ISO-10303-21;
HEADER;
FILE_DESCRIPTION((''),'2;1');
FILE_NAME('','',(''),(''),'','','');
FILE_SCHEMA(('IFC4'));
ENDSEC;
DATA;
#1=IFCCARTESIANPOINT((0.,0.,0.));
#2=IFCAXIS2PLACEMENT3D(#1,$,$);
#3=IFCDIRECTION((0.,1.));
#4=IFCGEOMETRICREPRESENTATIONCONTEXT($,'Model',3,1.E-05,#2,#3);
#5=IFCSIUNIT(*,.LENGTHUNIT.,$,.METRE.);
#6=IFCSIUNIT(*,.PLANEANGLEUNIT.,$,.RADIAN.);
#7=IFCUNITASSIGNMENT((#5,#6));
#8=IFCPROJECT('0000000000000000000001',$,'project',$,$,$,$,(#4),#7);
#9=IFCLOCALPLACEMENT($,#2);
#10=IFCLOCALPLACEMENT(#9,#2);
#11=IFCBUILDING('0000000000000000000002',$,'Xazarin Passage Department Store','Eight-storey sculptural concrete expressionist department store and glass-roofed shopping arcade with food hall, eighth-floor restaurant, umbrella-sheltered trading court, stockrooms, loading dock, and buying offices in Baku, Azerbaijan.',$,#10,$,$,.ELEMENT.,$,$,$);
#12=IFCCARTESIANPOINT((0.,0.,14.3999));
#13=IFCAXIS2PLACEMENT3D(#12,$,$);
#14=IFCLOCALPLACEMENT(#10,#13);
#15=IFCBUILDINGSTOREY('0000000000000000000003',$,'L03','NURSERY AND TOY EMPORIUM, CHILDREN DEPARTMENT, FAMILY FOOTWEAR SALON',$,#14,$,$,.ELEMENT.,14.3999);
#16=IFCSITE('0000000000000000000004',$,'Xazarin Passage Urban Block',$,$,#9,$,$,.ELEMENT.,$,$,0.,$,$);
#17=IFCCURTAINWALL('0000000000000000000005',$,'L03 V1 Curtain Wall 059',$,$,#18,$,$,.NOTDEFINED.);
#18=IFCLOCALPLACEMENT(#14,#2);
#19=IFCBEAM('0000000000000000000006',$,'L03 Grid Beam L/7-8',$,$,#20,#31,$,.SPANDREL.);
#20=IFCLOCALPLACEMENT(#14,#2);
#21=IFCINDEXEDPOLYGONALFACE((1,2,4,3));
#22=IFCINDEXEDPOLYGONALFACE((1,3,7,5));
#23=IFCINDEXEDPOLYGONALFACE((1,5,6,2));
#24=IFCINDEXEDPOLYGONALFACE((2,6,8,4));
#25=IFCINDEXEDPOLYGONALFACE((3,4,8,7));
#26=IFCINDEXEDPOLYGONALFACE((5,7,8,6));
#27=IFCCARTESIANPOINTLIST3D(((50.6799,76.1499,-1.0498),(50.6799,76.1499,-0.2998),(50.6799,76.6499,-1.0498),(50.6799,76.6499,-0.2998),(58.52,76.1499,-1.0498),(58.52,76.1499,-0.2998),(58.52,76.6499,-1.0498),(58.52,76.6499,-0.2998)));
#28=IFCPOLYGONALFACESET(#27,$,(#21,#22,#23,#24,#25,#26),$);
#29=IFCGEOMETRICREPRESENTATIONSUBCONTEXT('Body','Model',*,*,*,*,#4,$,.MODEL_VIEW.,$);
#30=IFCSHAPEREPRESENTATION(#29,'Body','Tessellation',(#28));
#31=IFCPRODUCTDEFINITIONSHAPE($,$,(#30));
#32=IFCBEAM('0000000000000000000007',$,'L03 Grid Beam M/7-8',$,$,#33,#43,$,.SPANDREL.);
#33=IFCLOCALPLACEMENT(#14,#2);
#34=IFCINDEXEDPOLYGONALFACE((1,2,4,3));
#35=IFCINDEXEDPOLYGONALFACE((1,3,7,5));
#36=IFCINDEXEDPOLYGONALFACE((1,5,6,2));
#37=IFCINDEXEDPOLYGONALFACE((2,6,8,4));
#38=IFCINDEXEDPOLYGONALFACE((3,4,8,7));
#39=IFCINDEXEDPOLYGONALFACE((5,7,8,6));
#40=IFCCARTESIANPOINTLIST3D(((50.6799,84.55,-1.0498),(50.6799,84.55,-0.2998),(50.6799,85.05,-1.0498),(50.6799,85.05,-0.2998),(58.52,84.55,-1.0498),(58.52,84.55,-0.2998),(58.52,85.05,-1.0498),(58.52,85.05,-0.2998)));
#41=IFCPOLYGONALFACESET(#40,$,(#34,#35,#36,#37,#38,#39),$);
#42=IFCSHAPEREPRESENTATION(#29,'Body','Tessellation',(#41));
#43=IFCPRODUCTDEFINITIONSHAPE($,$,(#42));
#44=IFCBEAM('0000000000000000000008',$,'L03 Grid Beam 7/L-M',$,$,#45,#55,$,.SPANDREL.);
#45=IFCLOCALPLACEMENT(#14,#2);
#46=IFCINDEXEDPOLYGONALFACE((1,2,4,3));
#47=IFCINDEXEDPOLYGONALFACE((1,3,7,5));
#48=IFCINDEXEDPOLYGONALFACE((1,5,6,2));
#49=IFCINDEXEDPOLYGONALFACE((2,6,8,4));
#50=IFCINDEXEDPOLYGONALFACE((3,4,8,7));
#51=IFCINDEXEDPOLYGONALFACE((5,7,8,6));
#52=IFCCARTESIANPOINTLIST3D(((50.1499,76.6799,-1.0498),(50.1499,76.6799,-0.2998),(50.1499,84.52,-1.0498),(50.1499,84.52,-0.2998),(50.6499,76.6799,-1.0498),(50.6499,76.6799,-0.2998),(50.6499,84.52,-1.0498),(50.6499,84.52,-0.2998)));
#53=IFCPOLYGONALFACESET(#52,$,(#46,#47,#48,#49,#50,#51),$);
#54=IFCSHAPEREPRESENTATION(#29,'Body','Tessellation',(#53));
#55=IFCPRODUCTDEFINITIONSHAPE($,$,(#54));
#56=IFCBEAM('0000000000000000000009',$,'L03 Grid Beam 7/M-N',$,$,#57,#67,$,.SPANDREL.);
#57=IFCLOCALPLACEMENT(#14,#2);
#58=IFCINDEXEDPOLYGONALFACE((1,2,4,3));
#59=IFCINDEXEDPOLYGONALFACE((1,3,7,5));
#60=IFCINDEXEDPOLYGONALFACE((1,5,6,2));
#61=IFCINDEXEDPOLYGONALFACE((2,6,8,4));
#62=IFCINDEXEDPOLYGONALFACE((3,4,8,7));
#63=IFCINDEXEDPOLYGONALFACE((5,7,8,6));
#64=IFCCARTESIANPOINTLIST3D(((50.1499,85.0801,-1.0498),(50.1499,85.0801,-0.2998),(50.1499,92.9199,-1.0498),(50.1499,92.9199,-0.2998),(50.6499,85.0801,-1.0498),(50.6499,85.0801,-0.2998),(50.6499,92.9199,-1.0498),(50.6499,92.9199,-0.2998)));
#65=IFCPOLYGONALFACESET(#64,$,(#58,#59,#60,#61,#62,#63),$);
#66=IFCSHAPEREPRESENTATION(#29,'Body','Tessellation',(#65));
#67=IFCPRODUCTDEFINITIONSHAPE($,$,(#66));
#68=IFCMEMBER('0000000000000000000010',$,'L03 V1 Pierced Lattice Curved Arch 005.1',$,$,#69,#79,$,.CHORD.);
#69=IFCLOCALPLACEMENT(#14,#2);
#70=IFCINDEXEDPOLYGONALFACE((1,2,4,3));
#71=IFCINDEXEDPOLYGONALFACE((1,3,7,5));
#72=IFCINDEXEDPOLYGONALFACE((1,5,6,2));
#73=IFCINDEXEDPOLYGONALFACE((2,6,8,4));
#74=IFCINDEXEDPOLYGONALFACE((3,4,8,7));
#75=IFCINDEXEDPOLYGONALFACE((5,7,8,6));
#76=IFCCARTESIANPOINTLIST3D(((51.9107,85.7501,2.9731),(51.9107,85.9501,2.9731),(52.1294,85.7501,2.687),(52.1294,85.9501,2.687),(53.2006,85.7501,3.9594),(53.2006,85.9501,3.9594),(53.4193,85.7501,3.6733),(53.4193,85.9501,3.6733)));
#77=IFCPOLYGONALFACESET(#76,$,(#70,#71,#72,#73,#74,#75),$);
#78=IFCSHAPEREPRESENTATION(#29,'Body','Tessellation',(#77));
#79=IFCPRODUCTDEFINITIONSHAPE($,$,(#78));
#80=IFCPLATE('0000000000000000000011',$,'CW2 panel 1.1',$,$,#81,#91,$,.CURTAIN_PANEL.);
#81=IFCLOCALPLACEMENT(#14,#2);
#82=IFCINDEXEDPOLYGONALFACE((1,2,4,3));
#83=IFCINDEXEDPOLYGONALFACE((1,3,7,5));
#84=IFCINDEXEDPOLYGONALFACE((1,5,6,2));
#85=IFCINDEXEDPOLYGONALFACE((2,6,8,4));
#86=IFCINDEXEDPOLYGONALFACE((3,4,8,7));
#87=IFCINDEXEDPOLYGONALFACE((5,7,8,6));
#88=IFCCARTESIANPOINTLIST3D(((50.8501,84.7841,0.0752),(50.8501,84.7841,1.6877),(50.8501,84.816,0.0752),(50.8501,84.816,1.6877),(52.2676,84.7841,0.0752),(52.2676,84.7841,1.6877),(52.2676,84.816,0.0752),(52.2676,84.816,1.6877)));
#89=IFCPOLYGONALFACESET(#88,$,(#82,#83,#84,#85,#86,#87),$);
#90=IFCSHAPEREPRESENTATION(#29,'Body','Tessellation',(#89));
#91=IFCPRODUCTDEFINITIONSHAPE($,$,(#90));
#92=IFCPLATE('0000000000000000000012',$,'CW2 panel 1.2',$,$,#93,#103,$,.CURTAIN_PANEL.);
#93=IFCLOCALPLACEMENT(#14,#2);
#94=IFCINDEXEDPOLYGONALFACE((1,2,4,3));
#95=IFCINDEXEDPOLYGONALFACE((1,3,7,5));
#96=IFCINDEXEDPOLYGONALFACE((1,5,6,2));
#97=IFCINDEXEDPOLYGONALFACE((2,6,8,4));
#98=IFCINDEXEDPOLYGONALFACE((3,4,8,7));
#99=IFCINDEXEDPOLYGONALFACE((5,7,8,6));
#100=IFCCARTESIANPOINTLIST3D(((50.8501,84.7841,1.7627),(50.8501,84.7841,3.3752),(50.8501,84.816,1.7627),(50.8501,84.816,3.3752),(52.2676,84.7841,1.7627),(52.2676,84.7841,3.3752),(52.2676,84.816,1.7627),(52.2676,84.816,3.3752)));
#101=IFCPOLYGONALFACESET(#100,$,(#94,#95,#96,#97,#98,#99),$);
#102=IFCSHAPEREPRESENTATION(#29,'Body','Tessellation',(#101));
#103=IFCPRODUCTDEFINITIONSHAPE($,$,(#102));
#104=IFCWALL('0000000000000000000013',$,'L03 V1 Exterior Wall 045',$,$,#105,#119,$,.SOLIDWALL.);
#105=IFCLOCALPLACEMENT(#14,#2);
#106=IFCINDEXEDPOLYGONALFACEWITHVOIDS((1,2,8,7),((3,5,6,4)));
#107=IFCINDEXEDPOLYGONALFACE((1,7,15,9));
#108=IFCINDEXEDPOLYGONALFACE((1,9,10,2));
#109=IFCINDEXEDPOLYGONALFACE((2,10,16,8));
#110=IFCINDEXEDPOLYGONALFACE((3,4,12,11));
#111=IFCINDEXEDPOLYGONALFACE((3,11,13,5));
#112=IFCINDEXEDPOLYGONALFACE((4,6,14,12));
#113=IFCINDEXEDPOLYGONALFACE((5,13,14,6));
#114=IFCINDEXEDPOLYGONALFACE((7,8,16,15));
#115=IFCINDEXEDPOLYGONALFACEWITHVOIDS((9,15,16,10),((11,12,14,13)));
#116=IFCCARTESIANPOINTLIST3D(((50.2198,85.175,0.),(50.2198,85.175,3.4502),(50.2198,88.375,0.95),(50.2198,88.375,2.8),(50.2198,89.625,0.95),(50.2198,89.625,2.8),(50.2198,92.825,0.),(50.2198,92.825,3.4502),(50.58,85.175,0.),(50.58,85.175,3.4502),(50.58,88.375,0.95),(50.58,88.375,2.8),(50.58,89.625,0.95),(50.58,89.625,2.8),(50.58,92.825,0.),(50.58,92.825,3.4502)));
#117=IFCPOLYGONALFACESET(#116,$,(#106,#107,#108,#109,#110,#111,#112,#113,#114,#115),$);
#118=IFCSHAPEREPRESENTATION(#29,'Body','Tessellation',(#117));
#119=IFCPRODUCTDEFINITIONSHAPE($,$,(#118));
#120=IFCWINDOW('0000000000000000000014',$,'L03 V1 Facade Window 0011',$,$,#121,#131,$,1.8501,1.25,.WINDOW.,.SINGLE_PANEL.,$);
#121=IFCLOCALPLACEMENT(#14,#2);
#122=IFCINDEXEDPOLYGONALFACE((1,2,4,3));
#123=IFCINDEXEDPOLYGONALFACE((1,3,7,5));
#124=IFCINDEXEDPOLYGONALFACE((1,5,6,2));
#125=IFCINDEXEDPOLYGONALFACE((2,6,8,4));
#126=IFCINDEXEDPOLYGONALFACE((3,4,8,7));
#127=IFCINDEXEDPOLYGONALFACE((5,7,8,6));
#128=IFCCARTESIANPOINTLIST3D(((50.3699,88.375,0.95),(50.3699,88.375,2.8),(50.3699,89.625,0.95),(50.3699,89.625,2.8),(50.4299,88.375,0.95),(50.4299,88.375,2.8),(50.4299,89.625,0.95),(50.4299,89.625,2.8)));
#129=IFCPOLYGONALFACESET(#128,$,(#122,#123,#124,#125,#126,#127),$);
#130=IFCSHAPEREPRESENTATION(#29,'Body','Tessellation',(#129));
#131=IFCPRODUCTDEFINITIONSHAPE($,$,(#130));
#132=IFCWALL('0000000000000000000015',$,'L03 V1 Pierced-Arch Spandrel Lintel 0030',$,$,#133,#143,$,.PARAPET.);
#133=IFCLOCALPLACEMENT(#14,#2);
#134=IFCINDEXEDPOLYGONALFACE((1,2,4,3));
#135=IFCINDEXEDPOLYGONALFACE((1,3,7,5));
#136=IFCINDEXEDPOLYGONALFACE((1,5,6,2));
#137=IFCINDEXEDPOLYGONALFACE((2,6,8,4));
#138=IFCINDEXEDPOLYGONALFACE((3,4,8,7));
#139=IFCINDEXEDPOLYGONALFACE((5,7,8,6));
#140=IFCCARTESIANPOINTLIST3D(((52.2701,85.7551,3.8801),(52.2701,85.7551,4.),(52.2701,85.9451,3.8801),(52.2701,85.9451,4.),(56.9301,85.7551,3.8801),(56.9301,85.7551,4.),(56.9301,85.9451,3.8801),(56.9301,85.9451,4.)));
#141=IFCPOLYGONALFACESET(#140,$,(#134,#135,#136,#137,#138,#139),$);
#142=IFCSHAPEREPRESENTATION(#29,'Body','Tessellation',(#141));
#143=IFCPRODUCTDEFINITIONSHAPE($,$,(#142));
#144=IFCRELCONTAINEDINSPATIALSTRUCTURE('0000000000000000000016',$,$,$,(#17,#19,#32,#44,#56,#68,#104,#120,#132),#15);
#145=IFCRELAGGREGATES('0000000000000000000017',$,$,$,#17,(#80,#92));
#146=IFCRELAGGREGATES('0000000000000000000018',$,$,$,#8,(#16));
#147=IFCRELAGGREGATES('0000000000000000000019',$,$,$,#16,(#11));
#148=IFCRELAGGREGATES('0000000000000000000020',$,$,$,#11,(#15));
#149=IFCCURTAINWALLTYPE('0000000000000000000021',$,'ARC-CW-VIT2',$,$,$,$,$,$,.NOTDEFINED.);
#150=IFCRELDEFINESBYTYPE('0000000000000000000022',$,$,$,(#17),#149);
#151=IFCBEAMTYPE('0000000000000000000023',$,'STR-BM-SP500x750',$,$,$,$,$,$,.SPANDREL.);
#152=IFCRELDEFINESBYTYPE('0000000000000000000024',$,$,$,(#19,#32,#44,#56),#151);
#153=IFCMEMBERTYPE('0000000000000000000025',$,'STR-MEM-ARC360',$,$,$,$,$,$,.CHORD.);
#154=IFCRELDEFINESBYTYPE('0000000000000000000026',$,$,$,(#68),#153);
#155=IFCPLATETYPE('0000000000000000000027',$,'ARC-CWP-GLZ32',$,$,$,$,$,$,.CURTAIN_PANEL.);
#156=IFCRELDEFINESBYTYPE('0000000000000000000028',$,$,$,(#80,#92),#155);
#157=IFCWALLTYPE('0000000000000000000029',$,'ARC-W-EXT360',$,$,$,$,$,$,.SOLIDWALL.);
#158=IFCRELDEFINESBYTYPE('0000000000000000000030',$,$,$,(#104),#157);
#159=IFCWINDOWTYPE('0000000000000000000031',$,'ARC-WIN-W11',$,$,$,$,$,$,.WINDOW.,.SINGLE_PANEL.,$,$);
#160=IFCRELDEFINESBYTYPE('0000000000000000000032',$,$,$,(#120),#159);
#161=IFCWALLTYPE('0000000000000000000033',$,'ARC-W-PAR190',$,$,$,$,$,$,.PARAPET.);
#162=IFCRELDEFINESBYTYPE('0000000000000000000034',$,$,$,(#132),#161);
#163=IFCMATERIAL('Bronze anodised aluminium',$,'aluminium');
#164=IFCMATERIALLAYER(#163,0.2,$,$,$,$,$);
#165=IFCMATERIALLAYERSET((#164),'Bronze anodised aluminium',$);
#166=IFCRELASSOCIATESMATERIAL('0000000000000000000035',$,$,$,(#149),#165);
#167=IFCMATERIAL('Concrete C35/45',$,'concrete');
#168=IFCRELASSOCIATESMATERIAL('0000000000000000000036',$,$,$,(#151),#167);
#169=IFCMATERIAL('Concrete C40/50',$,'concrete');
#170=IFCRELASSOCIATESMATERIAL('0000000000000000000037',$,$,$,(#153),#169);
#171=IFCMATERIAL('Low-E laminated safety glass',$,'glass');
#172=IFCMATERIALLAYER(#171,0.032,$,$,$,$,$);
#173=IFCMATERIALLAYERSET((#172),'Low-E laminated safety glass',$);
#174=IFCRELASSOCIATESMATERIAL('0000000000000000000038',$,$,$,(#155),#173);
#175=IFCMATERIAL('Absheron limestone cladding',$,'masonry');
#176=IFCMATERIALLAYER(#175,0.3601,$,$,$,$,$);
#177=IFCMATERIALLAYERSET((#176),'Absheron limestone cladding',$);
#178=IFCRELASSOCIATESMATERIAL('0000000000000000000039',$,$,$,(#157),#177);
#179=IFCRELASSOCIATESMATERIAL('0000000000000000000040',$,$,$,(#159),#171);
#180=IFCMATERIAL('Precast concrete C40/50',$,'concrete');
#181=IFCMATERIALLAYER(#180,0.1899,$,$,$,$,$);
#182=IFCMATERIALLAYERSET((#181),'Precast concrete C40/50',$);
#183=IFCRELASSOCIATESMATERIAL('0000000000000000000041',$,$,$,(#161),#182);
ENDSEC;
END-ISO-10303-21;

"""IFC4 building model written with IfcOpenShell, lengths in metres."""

from ifc_helpers import new_model, si_unit, direction, frame, frame_2d, origin, origin_2d, place, context, subcontext, project, spatial, rectangle, extrude, material, layer, layer_set, material_profile, profile_set, type_object, element, fill, aggregate, save


model = new_model("IFC4")

# Units and contexts
model_context = context("Model", 3, precision=1e-05, world=origin(), true_north=direction((0.0, 1.0)))
body_context = subcontext(model_context, "Body", "Model", "MODEL_VIEW")
ifc_project = project(units=[si_unit("LENGTHUNIT", "METRE"), si_unit("PLANEANGLEUNIT", "RADIAN")], contexts=[model_context])

# Site, building, storey
site_placement = place(None, origin())
site = spatial("IfcSite", under=ifc_project, at=site_placement, Name="Xazarin Passage Urban Block", CompositionType="ELEMENT", RefElevation=0.0)
building_placement = place(site_placement, origin())
building = spatial("IfcBuilding", under=site, at=building_placement, Name="Xazarin Passage Department Store", Description="Eight-storey sculptural concrete expressionist department store and glass-roofed shopping arcade with food hall, eighth-floor restaurant, umbrella-sheltered trading court, stockrooms, loading dock, and buying offices in Baku, Azerbaijan.", CompositionType="ELEMENT")
storey_placement = place(building_placement, frame((0.0, 0.0, 14.3999)))
storey = spatial("IfcBuildingStorey", under=building, at=storey_placement, Name="L03", Description="NURSERY AND TOY EMPORIUM, CHILDREN DEPARTMENT, FAMILY FOOTWEAR SALON", CompositionType="ELEMENT", Elevation=14.3999)

# Shared definitions
ifc_material_1 = material(Name="Concrete C40/50", Category="concrete")

# Curtain wall
ifc_material_2 = material(Name="Bronze anodised aluminium", Category="aluminium")
ifc_layer_1 = layer(ifc_material_2, 0.2)
ifc_layer_set_1 = layer_set([ifc_layer_1], Name="Bronze anodised aluminium")
curtain_wall_type = type_object("IfcCurtainWallType", Name="ARC-CW-VIT2", PredefinedType="NOTDEFINED", material=ifc_layer_set_1)
curtain_wall_placement = place(storey_placement, origin())
curtain_wall = element("IfcCurtainWall", 1, at=curtain_wall_placement, inside=storey, type_object=curtain_wall_type, Name="L03 V1 Curtain Wall 059", PredefinedType="NOTDEFINED")

# Beams
ifc_material_3 = material(Name="Concrete C35/45", Category="concrete")
ifc_material_profile_1 = material_profile(ifc_material_3, rectangle(XDim=0.5, YDim=0.75, at=origin_2d()), Name="RC 500x750")
ifc_profile_set_1 = profile_set([ifc_material_profile_1], Name="Concrete C35/45")
beam_type_1 = type_object("IfcBeamType", Name="STR-BM-SP500x750", PredefinedType="SPANDREL", material=ifc_profile_set_1)
for number, where, z_axis, x_axis, name in (
    (2, (50.6799, 76.3999, -0.6748), (1.0, 0.0, 0.0), (0.0, 1.0, 0.0), "L03 Grid Beam L/7-8"),
    (3, (50.6799, 84.8, -0.6748), (1.0, 0.0, 0.0), (0.0, 1.0, 0.0), "L03 Grid Beam M/7-8"),
    (4, (50.3999, 76.6799, -0.6748), (0.0, 1.0, 0.0), (-1.0, 0.0, 0.0), "L03 Grid Beam 7/L-M"),
):
    element("IfcBeam", number, at=place(storey_placement, frame(where, z_axis=z_axis, x_axis=x_axis)), inside=storey, type_object=beam_type_1, Name=name, PredefinedType="SPANDREL", context=body_context, shape_type="SweptSolid", body=[
        extrude(rectangle(XDim=0.5, YDim=0.75, at=origin_2d()), origin(), (0.0, 0.0, 1.0), 7.8401),
    ])
beam_1_placement = place(storey_placement, frame((50.3999, 85.0801, -0.6748), z_axis=(0.0, 1.0, 0.0), x_axis=(-1.0, 0.0, 0.0)))
element("IfcBeam", 5, at=beam_1_placement, inside=storey, type_object=beam_type_1, Name="L03 Grid Beam 7/M-N", PredefinedType="SPANDREL", context=body_context, shape_type="SweptSolid", body=[
    extrude(rectangle(XDim=0.5, YDim=0.75, at=origin_2d()), origin(), (0.0, 0.0, 1.0), 7.8398),
])

# Member
ifc_material_profile_2 = material_profile(ifc_material_1, rectangle(XDim=0.2, YDim=0.3601, at=origin_2d()), Name="RC 200x360")
ifc_profile_set_2 = profile_set([ifc_material_profile_2], Name="Concrete C40/50")
member_type_1 = type_object("IfcMemberType", Name="STR-MEM-ARC360", PredefinedType="CHORD", material=ifc_profile_set_2)
member_1_placement = place(storey_placement, frame((52.02, 85.8501, 2.8301), z_axis=(0.794409, 0.0, 0.607383), x_axis=(0.0, 1.0, 0.0)))
element("IfcMember", 6, at=member_1_placement, inside=storey, type_object=member_type_1, Name="L03 V1 Pierced Lattice Curved Arch 005.1", PredefinedType="CHORD", context=body_context, shape_type="SweptSolid", body=[
    extrude(rectangle(XDim=0.2, YDim=0.3601, at=origin_2d()), origin(), (0.0, 0.0, 1.0), 1.6238),
])

# Plates
ifc_material_4 = material(Name="Low-E laminated safety glass", Category="glass")
ifc_layer_2 = layer(ifc_material_4, 0.032)
ifc_layer_set_2 = layer_set([ifc_layer_2], Name="Low-E laminated safety glass")
plate_type = type_object("IfcPlateType", Name="ARC-CWP-GLZ32", PredefinedType="CURTAIN_PANEL", material=ifc_layer_set_2)
plate_1_placement = place(storey_placement, frame((51.5588, 84.8, 0.0752), z_axis=(0.0, 0.0, 1.0), x_axis=(1.0, 0.0, 0.0)))
plate_1 = element("IfcPlate", 7, at=plate_1_placement, type_object=plate_type, Name="CW2 panel 1.1", PredefinedType="CURTAIN_PANEL", context=body_context, shape_type="SweptSolid", body=[
    extrude(rectangle(XDim=1.4175, YDim=0.032, at=origin_2d()), origin(), (0.0, 0.0, 1.0), 1.6125),
])
plate_2_placement = place(storey_placement, frame((51.5588, 84.8, 1.7627), z_axis=(0.0, 0.0, 1.0), x_axis=(1.0, 0.0, 0.0)))
plate_2 = element("IfcPlate", 8, at=plate_2_placement, type_object=plate_type, Name="CW2 panel 1.2", PredefinedType="CURTAIN_PANEL", context=body_context, shape_type="SweptSolid", body=[
    extrude(rectangle(XDim=1.4175, YDim=0.032, at=origin_2d()), origin(), (0.0, 0.0, 1.0), 1.6125),
])
aggregate(curtain_wall, [plate_1, plate_2])

# Wall, opening, window
ifc_material_5 = material(Name="Absheron limestone cladding", Category="masonry")
ifc_layer_3 = layer(ifc_material_5, 0.3601)
ifc_layer_set_3 = layer_set([ifc_layer_3], Name="Absheron limestone cladding")
wall_type_1 = type_object("IfcWallType", Name="ARC-W-EXT360", PredefinedType="SOLIDWALL", material=ifc_layer_set_3)
wall_1_placement = place(storey_placement, frame((50.3999, 85.175, 0.0), z_axis=(0.0, 0.0, 1.0), x_axis=(0.0, 1.0, 0.0)))
wall_1 = element("IfcWall", 9, at=wall_1_placement, inside=storey, type_object=wall_type_1, Name="L03 V1 Exterior Wall 045", PredefinedType="SOLIDWALL", context=body_context, shape_type="SweptSolid", body=[
    extrude(rectangle(XDim=7.6499, YDim=0.3601, at=frame_2d((3.825, 0.0))), origin(), (0.0, 0.0, 1.0), 3.4502),
])
opening_placement = place(wall_1_placement, frame((3.2, 0.0, 0.95)))
opening = element("IfcOpeningElement", 10, at=opening_placement, cuts=wall_1, PredefinedType="OPENING", context=body_context, shape_type="SweptSolid", body=[
    extrude(rectangle(XDim=1.25, YDim=1.8501, at=frame_2d((0.625, 0.925))), frame((0.0, 0.1899, 0.0), z_axis=(0.0, -1.0, 0.0), x_axis=(1.0, 0.0, 0.0)), (0.0, 0.0, 1.0), 0.3801),
])
window_type = type_object("IfcWindowType", Name="ARC-WIN-W11", PartitioningType="SINGLE_PANEL", PredefinedType="WINDOW", material=ifc_material_4)
window_placement = place(opening_placement, origin())
window = element("IfcWindow", 11, at=window_placement, inside=storey, type_object=window_type, Name="L03 V1 Facade Window 0011", OverallHeight=1.8501, OverallWidth=1.25, PartitioningType="SINGLE_PANEL", PredefinedType="WINDOW", context=body_context, shape_type="SweptSolid", body=[
    extrude(rectangle(XDim=1.25, YDim=1.8501, at=frame_2d((0.625, 0.925))), frame((0.0, 0.03, 0.0), z_axis=(0.0, -1.0, 0.0), x_axis=(1.0, 0.0, 0.0)), (0.0, 0.0, 1.0), 0.0601),
])
fill(opening, window)

# Wall
ifc_material_6 = material(Name="Precast concrete C40/50", Category="concrete")
ifc_layer_4 = layer(ifc_material_6, 0.1899)
ifc_layer_set_4 = layer_set([ifc_layer_4], Name="Precast concrete C40/50")
wall_type_2 = type_object("IfcWallType", Name="ARC-W-PAR190", PredefinedType="PARAPET", material=ifc_layer_set_4)
wall_2_placement = place(storey_placement, frame((52.27, 85.8501, 3.8801), z_axis=(0.0, 0.0, 1.0), x_axis=(1.0, 0.0, 0.0)))
element("IfcWall", 12, at=wall_2_placement, inside=storey, type_object=wall_type_2, Name="L03 V1 Pierced-Arch Spandrel Lintel 0030", PredefinedType="PARAPET", context=body_context, shape_type="SweptSolid", body=[
    extrude(rectangle(XDim=4.6599, YDim=0.1899, at=frame_2d((2.3301, 0.0))), origin(), (0.0, 0.0, 1.0), 0.1199),
])

save(model, "model.ifc")
